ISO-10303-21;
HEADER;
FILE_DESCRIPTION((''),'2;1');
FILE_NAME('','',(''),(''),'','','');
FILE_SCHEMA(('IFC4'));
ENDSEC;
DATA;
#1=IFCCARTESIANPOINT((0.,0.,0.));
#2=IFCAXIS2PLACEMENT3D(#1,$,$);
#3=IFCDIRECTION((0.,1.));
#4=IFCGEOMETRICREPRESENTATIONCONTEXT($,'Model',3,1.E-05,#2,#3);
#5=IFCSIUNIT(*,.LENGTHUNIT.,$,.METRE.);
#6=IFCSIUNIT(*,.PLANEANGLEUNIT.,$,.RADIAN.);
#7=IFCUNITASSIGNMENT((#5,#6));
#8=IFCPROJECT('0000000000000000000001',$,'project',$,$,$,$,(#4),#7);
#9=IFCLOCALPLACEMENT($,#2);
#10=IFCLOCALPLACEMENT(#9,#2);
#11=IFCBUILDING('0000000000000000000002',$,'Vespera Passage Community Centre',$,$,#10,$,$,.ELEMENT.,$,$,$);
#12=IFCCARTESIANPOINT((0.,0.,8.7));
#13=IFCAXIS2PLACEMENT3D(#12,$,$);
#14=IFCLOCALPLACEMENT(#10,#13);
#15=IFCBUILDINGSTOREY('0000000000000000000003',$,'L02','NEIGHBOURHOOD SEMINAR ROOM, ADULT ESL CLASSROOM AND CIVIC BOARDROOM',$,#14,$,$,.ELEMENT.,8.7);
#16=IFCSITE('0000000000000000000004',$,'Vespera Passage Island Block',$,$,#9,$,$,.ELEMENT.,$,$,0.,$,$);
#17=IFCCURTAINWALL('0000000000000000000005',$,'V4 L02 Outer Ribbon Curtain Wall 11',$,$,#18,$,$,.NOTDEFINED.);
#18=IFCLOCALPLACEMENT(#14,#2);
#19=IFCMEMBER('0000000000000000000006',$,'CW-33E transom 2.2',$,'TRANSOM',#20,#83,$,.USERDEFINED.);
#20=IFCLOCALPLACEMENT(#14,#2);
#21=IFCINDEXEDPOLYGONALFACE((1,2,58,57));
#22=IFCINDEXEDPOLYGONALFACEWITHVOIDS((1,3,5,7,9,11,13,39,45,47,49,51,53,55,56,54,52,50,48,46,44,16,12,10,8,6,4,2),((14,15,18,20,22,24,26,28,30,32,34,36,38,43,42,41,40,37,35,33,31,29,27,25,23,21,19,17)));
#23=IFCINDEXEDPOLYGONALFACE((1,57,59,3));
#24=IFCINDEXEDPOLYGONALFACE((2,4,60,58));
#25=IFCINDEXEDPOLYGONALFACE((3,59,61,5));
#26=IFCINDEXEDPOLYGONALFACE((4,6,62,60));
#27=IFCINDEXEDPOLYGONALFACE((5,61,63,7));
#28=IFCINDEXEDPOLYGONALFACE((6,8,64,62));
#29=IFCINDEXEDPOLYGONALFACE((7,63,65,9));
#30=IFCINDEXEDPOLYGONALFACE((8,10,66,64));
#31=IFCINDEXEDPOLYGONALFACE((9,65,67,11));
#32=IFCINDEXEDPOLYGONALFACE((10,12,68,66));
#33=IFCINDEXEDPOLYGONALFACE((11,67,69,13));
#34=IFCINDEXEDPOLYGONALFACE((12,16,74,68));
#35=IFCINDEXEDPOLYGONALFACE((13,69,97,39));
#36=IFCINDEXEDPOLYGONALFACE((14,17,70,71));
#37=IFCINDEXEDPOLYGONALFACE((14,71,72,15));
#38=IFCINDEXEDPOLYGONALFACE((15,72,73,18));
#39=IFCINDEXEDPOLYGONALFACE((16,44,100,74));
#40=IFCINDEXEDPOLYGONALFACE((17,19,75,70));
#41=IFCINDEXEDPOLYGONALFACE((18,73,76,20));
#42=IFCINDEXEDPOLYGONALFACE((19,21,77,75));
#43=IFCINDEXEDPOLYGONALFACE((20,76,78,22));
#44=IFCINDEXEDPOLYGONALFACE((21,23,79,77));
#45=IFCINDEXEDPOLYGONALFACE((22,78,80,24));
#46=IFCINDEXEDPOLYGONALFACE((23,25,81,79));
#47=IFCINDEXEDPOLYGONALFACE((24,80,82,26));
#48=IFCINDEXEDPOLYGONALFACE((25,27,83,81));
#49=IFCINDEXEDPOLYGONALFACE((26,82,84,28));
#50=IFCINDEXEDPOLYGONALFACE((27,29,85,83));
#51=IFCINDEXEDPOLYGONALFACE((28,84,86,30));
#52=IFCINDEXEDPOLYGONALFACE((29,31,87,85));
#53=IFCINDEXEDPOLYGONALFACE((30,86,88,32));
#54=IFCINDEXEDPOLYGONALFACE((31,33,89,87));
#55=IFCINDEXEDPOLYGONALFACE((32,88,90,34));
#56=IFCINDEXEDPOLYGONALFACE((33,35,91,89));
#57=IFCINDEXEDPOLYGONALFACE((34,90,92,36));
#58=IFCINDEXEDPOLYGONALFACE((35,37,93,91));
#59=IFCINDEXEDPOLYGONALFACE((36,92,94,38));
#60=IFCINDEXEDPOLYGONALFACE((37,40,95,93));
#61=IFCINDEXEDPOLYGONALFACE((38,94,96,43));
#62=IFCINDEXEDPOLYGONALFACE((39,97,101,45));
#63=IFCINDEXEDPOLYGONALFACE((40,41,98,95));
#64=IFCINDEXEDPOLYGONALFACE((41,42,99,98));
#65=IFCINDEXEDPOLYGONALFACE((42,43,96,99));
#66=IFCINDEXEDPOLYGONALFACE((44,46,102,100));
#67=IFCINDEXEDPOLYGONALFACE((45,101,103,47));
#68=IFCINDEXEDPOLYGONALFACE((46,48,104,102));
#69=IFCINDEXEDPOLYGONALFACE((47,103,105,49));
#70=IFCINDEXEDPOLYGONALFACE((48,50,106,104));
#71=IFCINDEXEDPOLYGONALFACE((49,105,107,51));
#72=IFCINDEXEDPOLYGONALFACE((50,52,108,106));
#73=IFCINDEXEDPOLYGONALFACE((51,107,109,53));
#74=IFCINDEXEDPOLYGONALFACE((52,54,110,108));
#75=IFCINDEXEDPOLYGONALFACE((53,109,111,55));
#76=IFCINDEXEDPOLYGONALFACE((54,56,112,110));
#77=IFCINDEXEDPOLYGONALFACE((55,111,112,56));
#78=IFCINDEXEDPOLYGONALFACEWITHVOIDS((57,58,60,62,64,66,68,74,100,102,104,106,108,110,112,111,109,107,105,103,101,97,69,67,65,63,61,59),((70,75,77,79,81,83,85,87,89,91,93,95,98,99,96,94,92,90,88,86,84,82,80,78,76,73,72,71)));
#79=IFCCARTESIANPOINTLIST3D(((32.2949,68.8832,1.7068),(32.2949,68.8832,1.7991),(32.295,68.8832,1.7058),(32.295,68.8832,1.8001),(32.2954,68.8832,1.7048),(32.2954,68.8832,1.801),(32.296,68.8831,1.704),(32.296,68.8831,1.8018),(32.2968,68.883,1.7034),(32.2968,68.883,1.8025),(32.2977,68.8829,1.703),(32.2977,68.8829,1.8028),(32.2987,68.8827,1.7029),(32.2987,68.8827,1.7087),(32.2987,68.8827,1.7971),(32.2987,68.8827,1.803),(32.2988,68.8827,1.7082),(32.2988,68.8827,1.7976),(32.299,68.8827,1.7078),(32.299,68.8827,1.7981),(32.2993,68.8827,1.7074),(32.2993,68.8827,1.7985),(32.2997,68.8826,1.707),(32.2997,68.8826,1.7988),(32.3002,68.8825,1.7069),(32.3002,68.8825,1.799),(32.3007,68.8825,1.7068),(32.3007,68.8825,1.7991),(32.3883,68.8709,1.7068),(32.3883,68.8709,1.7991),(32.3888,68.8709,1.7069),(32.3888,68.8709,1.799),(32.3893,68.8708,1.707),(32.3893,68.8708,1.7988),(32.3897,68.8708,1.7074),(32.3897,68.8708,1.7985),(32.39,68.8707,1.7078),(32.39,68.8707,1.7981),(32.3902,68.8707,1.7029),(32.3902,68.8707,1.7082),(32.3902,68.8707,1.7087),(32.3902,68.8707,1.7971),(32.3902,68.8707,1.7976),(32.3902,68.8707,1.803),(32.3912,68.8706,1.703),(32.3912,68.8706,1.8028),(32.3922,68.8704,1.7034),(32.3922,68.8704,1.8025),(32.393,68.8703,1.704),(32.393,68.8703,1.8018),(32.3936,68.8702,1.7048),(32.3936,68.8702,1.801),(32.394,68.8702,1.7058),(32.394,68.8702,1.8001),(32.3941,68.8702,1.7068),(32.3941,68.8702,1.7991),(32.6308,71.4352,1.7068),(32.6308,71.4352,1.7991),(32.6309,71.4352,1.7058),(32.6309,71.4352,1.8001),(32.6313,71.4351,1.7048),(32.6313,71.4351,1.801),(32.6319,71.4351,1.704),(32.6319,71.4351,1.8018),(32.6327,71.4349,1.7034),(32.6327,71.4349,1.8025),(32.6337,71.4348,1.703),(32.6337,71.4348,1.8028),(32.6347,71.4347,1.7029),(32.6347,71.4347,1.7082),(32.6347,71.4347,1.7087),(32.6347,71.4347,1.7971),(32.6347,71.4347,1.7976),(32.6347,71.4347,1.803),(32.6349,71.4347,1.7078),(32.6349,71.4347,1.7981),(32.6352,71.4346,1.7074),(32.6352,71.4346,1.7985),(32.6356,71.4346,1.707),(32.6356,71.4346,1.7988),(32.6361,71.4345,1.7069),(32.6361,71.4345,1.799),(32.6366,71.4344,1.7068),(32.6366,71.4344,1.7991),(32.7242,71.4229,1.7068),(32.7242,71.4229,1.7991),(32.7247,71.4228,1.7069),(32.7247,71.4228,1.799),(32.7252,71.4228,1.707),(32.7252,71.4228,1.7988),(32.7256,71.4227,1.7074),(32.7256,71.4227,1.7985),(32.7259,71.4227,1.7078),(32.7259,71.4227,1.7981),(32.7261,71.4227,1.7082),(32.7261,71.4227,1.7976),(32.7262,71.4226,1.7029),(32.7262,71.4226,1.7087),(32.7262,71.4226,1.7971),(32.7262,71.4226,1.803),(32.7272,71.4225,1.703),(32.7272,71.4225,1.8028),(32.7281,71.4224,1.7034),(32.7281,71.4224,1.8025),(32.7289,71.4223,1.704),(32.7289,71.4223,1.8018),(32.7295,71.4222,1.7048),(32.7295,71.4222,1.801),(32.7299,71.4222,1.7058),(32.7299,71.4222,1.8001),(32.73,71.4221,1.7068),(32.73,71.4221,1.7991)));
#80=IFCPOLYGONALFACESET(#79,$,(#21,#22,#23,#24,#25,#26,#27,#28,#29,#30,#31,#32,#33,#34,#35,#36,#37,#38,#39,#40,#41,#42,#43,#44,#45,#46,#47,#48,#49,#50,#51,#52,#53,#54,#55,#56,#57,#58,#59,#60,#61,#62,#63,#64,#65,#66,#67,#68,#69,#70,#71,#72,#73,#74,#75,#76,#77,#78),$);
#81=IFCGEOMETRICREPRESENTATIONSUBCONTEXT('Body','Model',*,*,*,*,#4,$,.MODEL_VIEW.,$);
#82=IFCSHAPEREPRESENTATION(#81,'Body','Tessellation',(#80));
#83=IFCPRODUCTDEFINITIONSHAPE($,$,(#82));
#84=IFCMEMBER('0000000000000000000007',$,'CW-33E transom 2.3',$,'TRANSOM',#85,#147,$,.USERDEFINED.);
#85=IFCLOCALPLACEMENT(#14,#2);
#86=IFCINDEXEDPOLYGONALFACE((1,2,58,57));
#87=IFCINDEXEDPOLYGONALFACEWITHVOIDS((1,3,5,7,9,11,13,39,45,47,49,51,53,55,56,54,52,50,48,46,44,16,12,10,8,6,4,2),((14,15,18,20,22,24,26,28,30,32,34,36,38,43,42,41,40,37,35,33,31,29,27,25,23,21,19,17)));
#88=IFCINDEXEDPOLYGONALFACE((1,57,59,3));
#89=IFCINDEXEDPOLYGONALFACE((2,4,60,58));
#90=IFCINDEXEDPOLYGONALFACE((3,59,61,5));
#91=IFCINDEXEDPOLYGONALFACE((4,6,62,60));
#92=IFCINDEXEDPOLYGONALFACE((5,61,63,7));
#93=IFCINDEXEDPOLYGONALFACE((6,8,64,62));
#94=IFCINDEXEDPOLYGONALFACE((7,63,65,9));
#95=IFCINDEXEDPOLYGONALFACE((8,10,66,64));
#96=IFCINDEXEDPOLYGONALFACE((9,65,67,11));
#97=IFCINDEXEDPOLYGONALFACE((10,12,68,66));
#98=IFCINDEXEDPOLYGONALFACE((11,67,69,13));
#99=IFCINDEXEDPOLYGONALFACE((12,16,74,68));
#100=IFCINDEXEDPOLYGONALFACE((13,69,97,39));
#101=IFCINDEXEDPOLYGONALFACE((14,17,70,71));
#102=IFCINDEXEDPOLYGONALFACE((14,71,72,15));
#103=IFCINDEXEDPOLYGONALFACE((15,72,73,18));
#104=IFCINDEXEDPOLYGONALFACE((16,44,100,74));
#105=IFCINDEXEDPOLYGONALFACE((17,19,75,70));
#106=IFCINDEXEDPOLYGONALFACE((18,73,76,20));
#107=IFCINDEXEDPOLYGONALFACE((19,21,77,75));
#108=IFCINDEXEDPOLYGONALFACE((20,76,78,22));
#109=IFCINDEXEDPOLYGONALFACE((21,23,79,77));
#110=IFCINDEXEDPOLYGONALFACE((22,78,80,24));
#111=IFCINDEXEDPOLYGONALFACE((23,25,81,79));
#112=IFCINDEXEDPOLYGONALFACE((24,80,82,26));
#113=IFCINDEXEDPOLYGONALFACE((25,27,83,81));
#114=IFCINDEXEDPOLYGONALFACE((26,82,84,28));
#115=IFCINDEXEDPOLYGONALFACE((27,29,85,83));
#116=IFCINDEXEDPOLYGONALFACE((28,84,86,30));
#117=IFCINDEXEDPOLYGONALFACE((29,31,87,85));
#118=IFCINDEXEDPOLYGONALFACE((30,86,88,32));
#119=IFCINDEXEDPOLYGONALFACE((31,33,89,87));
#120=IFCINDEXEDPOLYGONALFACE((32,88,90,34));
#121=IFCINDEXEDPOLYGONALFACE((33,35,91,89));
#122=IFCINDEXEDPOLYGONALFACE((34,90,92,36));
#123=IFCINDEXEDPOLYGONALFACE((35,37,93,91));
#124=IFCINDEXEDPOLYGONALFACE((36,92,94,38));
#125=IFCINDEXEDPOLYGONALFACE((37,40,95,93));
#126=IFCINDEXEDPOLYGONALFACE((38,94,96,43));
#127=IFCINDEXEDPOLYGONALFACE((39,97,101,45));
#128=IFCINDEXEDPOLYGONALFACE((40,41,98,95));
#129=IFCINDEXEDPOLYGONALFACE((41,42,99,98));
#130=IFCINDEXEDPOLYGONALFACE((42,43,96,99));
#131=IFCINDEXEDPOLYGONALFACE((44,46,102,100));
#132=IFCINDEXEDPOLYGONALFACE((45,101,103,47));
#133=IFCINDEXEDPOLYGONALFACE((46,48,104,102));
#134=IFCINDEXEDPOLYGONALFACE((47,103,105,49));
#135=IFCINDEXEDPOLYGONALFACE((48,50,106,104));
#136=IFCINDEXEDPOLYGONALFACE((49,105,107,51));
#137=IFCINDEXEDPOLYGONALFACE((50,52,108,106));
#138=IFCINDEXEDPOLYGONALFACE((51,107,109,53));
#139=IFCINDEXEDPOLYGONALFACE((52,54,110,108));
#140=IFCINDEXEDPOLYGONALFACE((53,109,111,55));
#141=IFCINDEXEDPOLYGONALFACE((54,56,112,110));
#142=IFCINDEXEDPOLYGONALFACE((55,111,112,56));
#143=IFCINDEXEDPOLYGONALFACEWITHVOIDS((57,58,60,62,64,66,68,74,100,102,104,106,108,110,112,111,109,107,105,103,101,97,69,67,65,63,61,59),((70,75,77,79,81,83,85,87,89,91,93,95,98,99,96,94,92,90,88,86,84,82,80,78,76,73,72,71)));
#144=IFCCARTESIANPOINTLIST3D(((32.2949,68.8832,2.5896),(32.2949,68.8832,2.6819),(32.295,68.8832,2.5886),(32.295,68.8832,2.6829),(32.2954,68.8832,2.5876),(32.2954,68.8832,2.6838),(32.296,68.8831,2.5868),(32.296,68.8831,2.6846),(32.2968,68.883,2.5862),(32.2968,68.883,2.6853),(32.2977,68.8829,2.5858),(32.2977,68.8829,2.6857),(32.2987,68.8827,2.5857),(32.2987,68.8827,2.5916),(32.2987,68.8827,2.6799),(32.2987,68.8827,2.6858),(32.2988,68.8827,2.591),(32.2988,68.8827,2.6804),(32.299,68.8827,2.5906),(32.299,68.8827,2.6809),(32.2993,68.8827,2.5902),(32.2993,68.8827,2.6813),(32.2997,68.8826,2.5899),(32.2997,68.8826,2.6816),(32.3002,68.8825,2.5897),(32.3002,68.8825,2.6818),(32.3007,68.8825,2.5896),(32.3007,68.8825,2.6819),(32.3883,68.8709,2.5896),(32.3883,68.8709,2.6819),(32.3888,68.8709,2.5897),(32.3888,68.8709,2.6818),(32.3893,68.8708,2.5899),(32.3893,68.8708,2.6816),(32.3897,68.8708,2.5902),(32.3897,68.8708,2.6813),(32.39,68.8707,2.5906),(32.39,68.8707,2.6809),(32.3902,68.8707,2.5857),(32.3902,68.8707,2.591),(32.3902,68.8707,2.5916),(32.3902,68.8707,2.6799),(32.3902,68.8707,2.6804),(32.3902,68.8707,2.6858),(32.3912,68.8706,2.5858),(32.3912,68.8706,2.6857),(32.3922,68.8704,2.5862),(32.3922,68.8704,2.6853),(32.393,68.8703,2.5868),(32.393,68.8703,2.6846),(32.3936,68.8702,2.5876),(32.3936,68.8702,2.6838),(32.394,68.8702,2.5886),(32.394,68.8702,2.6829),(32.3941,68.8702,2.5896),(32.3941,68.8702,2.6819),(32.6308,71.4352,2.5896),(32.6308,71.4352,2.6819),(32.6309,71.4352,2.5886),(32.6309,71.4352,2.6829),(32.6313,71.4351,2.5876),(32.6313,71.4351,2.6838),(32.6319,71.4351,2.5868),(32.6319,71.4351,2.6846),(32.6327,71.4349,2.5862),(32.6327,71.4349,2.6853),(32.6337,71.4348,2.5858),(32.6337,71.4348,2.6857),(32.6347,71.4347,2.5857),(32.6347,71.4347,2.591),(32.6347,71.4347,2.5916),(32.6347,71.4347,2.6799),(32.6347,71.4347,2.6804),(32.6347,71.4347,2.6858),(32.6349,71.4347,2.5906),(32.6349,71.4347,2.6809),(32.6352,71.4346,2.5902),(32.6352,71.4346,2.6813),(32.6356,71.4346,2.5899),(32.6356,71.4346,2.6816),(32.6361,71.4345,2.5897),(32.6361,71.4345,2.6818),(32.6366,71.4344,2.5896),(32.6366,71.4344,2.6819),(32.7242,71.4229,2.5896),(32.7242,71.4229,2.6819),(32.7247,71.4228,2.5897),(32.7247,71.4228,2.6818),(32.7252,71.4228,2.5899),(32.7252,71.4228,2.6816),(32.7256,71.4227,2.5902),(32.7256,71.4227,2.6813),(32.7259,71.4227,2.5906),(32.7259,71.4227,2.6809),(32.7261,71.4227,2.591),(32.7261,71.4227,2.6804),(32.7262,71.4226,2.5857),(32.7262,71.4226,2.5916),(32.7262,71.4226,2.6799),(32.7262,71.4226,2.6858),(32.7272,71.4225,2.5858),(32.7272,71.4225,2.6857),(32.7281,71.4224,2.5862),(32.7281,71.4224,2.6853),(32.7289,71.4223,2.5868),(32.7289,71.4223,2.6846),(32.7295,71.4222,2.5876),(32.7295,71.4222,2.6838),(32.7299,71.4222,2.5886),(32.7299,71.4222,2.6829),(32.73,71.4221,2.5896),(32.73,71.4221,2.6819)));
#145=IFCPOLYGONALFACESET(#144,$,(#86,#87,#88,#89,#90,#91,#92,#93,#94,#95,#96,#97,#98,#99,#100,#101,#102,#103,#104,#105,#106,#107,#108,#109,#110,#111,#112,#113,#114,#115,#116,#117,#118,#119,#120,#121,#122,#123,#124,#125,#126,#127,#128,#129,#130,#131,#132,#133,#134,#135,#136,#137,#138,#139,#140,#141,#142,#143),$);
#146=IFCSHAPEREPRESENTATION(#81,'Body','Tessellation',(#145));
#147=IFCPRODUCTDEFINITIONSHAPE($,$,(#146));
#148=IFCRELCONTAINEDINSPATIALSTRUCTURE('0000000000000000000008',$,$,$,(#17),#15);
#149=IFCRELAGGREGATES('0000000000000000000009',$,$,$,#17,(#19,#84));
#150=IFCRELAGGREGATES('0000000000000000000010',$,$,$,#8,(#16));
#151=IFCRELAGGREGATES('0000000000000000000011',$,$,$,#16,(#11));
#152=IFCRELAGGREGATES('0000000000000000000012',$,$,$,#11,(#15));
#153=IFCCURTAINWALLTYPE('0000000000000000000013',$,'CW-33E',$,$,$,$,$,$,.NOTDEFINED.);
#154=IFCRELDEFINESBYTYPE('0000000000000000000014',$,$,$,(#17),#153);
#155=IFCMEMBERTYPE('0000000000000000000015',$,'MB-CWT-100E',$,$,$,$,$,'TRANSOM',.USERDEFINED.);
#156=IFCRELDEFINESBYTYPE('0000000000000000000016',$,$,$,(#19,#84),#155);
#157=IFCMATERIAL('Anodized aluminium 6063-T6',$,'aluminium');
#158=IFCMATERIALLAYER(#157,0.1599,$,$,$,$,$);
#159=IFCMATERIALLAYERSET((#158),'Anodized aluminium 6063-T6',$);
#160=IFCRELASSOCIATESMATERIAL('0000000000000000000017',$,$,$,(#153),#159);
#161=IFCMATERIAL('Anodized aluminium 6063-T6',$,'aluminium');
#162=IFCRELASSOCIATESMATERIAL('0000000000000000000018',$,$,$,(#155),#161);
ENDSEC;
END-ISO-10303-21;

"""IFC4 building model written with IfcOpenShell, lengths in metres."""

from ifc_helpers import new_model, si_unit, direction, frame, origin, origin_2d, place, context, subcontext, project, spatial, hollow_rectangle, extrude, material, layer, layer_set, material_profile, profile_set, type_object, element, aggregate, save


model = new_model("IFC4")

# Units and contexts
model_context = context("Model", 3, precision=1e-05, world=origin(), true_north=direction((0.0, 1.0)))
body_context = subcontext(model_context, "Body", "Model", "MODEL_VIEW")
ifc_project = project(units=[si_unit("LENGTHUNIT", "METRE"), si_unit("PLANEANGLEUNIT", "RADIAN")], contexts=[model_context])

# Site, building, storey
site_placement = place(None, origin())
site = spatial("IfcSite", under=ifc_project, at=site_placement, Name="Vespera Passage Island Block", CompositionType="ELEMENT", RefElevation=0.0)
building_placement = place(site_placement, origin())
building = spatial("IfcBuilding", under=site, at=building_placement, Name="Vespera Passage Community Centre", CompositionType="ELEMENT")
storey_placement = place(building_placement, frame((0.0, 0.0, 8.7)))
storey = spatial("IfcBuildingStorey", under=building, at=storey_placement, Name="L02", Description="NEIGHBOURHOOD SEMINAR ROOM, ADULT ESL CLASSROOM AND CIVIC BOARDROOM", CompositionType="ELEMENT", Elevation=8.7)

# Curtain wall, members
ifc_material_1 = material(Name="Anodized aluminium 6063-T6", Category="aluminium")
ifc_layer_1 = layer(ifc_material_1, 0.1599)
ifc_layer_set_1 = layer_set([ifc_layer_1], Name="Anodized aluminium 6063-T6")
curtain_wall_type_1 = type_object("IfcCurtainWallType", Name="CW-33E", PredefinedType="NOTDEFINED", material=ifc_layer_set_1)
curtain_wall_1_placement = place(storey_placement, origin())
curtain_wall_1 = element("IfcCurtainWall", 1, at=curtain_wall_1_placement, inside=storey, type_object=curtain_wall_type_1, Name="V4 L02 Outer Ribbon Curtain Wall 11", PredefinedType="NOTDEFINED")
ifc_material_2 = material(Name="Anodized aluminium 6063-T6", Category="aluminium")
ifc_material_profile_1 = material_profile(ifc_material_2, hollow_rectangle(XDim=0.1001, YDim=0.1001, WallThickness=0.0039, InnerFilletRadius=0.002, OuterFilletRadius=0.0039, at=origin_2d()), Name="ALU100X100X4")
ifc_profile_set_1 = profile_set([ifc_material_profile_1], Name="Anodized aluminium 6063-T6")
member_type_1 = type_object("IfcMemberType", Name="MB-CWT-100E", ElementType="TRANSOM", PredefinedType="USERDEFINED", material=ifc_profile_set_1)
member_1_placement = place(storey_placement, frame((32.3445, 68.8767, 1.7529), z_axis=(0.130511, 0.991447, 0.0), x_axis=(-0.991447, 0.130511, 0.0)))
member_1 = element("IfcMember", 2, at=member_1_placement, type_object=member_type_1, Name="CW-33E transom 2.2", ObjectType="TRANSOM", PredefinedType="USERDEFINED", context=body_context, shape_type="SweptSolid", body=[
    extrude(hollow_rectangle(XDim=0.1001, YDim=0.1001, WallThickness=0.0039, InnerFilletRadius=0.002, OuterFilletRadius=0.0039, at=origin_2d()), origin(), (0.0, 0.0, 1.0), 2.574),
])
member_2_placement = place(storey_placement, frame((32.3445, 68.8767, 2.6357), z_axis=(0.130511, 0.991447, 0.0), x_axis=(-0.991447, 0.130511, 0.0)))
member_2 = element("IfcMember", 3, at=member_2_placement, type_object=member_type_1, Name="CW-33E transom 2.3", ObjectType="TRANSOM", PredefinedType="USERDEFINED", context=body_context, shape_type="SweptSolid", body=[
    extrude(hollow_rectangle(XDim=0.1001, YDim=0.1001, WallThickness=0.0039, InnerFilletRadius=0.002, OuterFilletRadius=0.0039, at=origin_2d()), origin(), (0.0, 0.0, 1.0), 2.574),
])

aggregate(curtain_wall_1, [member_1, member_2])

save(model, "model.ifc")
